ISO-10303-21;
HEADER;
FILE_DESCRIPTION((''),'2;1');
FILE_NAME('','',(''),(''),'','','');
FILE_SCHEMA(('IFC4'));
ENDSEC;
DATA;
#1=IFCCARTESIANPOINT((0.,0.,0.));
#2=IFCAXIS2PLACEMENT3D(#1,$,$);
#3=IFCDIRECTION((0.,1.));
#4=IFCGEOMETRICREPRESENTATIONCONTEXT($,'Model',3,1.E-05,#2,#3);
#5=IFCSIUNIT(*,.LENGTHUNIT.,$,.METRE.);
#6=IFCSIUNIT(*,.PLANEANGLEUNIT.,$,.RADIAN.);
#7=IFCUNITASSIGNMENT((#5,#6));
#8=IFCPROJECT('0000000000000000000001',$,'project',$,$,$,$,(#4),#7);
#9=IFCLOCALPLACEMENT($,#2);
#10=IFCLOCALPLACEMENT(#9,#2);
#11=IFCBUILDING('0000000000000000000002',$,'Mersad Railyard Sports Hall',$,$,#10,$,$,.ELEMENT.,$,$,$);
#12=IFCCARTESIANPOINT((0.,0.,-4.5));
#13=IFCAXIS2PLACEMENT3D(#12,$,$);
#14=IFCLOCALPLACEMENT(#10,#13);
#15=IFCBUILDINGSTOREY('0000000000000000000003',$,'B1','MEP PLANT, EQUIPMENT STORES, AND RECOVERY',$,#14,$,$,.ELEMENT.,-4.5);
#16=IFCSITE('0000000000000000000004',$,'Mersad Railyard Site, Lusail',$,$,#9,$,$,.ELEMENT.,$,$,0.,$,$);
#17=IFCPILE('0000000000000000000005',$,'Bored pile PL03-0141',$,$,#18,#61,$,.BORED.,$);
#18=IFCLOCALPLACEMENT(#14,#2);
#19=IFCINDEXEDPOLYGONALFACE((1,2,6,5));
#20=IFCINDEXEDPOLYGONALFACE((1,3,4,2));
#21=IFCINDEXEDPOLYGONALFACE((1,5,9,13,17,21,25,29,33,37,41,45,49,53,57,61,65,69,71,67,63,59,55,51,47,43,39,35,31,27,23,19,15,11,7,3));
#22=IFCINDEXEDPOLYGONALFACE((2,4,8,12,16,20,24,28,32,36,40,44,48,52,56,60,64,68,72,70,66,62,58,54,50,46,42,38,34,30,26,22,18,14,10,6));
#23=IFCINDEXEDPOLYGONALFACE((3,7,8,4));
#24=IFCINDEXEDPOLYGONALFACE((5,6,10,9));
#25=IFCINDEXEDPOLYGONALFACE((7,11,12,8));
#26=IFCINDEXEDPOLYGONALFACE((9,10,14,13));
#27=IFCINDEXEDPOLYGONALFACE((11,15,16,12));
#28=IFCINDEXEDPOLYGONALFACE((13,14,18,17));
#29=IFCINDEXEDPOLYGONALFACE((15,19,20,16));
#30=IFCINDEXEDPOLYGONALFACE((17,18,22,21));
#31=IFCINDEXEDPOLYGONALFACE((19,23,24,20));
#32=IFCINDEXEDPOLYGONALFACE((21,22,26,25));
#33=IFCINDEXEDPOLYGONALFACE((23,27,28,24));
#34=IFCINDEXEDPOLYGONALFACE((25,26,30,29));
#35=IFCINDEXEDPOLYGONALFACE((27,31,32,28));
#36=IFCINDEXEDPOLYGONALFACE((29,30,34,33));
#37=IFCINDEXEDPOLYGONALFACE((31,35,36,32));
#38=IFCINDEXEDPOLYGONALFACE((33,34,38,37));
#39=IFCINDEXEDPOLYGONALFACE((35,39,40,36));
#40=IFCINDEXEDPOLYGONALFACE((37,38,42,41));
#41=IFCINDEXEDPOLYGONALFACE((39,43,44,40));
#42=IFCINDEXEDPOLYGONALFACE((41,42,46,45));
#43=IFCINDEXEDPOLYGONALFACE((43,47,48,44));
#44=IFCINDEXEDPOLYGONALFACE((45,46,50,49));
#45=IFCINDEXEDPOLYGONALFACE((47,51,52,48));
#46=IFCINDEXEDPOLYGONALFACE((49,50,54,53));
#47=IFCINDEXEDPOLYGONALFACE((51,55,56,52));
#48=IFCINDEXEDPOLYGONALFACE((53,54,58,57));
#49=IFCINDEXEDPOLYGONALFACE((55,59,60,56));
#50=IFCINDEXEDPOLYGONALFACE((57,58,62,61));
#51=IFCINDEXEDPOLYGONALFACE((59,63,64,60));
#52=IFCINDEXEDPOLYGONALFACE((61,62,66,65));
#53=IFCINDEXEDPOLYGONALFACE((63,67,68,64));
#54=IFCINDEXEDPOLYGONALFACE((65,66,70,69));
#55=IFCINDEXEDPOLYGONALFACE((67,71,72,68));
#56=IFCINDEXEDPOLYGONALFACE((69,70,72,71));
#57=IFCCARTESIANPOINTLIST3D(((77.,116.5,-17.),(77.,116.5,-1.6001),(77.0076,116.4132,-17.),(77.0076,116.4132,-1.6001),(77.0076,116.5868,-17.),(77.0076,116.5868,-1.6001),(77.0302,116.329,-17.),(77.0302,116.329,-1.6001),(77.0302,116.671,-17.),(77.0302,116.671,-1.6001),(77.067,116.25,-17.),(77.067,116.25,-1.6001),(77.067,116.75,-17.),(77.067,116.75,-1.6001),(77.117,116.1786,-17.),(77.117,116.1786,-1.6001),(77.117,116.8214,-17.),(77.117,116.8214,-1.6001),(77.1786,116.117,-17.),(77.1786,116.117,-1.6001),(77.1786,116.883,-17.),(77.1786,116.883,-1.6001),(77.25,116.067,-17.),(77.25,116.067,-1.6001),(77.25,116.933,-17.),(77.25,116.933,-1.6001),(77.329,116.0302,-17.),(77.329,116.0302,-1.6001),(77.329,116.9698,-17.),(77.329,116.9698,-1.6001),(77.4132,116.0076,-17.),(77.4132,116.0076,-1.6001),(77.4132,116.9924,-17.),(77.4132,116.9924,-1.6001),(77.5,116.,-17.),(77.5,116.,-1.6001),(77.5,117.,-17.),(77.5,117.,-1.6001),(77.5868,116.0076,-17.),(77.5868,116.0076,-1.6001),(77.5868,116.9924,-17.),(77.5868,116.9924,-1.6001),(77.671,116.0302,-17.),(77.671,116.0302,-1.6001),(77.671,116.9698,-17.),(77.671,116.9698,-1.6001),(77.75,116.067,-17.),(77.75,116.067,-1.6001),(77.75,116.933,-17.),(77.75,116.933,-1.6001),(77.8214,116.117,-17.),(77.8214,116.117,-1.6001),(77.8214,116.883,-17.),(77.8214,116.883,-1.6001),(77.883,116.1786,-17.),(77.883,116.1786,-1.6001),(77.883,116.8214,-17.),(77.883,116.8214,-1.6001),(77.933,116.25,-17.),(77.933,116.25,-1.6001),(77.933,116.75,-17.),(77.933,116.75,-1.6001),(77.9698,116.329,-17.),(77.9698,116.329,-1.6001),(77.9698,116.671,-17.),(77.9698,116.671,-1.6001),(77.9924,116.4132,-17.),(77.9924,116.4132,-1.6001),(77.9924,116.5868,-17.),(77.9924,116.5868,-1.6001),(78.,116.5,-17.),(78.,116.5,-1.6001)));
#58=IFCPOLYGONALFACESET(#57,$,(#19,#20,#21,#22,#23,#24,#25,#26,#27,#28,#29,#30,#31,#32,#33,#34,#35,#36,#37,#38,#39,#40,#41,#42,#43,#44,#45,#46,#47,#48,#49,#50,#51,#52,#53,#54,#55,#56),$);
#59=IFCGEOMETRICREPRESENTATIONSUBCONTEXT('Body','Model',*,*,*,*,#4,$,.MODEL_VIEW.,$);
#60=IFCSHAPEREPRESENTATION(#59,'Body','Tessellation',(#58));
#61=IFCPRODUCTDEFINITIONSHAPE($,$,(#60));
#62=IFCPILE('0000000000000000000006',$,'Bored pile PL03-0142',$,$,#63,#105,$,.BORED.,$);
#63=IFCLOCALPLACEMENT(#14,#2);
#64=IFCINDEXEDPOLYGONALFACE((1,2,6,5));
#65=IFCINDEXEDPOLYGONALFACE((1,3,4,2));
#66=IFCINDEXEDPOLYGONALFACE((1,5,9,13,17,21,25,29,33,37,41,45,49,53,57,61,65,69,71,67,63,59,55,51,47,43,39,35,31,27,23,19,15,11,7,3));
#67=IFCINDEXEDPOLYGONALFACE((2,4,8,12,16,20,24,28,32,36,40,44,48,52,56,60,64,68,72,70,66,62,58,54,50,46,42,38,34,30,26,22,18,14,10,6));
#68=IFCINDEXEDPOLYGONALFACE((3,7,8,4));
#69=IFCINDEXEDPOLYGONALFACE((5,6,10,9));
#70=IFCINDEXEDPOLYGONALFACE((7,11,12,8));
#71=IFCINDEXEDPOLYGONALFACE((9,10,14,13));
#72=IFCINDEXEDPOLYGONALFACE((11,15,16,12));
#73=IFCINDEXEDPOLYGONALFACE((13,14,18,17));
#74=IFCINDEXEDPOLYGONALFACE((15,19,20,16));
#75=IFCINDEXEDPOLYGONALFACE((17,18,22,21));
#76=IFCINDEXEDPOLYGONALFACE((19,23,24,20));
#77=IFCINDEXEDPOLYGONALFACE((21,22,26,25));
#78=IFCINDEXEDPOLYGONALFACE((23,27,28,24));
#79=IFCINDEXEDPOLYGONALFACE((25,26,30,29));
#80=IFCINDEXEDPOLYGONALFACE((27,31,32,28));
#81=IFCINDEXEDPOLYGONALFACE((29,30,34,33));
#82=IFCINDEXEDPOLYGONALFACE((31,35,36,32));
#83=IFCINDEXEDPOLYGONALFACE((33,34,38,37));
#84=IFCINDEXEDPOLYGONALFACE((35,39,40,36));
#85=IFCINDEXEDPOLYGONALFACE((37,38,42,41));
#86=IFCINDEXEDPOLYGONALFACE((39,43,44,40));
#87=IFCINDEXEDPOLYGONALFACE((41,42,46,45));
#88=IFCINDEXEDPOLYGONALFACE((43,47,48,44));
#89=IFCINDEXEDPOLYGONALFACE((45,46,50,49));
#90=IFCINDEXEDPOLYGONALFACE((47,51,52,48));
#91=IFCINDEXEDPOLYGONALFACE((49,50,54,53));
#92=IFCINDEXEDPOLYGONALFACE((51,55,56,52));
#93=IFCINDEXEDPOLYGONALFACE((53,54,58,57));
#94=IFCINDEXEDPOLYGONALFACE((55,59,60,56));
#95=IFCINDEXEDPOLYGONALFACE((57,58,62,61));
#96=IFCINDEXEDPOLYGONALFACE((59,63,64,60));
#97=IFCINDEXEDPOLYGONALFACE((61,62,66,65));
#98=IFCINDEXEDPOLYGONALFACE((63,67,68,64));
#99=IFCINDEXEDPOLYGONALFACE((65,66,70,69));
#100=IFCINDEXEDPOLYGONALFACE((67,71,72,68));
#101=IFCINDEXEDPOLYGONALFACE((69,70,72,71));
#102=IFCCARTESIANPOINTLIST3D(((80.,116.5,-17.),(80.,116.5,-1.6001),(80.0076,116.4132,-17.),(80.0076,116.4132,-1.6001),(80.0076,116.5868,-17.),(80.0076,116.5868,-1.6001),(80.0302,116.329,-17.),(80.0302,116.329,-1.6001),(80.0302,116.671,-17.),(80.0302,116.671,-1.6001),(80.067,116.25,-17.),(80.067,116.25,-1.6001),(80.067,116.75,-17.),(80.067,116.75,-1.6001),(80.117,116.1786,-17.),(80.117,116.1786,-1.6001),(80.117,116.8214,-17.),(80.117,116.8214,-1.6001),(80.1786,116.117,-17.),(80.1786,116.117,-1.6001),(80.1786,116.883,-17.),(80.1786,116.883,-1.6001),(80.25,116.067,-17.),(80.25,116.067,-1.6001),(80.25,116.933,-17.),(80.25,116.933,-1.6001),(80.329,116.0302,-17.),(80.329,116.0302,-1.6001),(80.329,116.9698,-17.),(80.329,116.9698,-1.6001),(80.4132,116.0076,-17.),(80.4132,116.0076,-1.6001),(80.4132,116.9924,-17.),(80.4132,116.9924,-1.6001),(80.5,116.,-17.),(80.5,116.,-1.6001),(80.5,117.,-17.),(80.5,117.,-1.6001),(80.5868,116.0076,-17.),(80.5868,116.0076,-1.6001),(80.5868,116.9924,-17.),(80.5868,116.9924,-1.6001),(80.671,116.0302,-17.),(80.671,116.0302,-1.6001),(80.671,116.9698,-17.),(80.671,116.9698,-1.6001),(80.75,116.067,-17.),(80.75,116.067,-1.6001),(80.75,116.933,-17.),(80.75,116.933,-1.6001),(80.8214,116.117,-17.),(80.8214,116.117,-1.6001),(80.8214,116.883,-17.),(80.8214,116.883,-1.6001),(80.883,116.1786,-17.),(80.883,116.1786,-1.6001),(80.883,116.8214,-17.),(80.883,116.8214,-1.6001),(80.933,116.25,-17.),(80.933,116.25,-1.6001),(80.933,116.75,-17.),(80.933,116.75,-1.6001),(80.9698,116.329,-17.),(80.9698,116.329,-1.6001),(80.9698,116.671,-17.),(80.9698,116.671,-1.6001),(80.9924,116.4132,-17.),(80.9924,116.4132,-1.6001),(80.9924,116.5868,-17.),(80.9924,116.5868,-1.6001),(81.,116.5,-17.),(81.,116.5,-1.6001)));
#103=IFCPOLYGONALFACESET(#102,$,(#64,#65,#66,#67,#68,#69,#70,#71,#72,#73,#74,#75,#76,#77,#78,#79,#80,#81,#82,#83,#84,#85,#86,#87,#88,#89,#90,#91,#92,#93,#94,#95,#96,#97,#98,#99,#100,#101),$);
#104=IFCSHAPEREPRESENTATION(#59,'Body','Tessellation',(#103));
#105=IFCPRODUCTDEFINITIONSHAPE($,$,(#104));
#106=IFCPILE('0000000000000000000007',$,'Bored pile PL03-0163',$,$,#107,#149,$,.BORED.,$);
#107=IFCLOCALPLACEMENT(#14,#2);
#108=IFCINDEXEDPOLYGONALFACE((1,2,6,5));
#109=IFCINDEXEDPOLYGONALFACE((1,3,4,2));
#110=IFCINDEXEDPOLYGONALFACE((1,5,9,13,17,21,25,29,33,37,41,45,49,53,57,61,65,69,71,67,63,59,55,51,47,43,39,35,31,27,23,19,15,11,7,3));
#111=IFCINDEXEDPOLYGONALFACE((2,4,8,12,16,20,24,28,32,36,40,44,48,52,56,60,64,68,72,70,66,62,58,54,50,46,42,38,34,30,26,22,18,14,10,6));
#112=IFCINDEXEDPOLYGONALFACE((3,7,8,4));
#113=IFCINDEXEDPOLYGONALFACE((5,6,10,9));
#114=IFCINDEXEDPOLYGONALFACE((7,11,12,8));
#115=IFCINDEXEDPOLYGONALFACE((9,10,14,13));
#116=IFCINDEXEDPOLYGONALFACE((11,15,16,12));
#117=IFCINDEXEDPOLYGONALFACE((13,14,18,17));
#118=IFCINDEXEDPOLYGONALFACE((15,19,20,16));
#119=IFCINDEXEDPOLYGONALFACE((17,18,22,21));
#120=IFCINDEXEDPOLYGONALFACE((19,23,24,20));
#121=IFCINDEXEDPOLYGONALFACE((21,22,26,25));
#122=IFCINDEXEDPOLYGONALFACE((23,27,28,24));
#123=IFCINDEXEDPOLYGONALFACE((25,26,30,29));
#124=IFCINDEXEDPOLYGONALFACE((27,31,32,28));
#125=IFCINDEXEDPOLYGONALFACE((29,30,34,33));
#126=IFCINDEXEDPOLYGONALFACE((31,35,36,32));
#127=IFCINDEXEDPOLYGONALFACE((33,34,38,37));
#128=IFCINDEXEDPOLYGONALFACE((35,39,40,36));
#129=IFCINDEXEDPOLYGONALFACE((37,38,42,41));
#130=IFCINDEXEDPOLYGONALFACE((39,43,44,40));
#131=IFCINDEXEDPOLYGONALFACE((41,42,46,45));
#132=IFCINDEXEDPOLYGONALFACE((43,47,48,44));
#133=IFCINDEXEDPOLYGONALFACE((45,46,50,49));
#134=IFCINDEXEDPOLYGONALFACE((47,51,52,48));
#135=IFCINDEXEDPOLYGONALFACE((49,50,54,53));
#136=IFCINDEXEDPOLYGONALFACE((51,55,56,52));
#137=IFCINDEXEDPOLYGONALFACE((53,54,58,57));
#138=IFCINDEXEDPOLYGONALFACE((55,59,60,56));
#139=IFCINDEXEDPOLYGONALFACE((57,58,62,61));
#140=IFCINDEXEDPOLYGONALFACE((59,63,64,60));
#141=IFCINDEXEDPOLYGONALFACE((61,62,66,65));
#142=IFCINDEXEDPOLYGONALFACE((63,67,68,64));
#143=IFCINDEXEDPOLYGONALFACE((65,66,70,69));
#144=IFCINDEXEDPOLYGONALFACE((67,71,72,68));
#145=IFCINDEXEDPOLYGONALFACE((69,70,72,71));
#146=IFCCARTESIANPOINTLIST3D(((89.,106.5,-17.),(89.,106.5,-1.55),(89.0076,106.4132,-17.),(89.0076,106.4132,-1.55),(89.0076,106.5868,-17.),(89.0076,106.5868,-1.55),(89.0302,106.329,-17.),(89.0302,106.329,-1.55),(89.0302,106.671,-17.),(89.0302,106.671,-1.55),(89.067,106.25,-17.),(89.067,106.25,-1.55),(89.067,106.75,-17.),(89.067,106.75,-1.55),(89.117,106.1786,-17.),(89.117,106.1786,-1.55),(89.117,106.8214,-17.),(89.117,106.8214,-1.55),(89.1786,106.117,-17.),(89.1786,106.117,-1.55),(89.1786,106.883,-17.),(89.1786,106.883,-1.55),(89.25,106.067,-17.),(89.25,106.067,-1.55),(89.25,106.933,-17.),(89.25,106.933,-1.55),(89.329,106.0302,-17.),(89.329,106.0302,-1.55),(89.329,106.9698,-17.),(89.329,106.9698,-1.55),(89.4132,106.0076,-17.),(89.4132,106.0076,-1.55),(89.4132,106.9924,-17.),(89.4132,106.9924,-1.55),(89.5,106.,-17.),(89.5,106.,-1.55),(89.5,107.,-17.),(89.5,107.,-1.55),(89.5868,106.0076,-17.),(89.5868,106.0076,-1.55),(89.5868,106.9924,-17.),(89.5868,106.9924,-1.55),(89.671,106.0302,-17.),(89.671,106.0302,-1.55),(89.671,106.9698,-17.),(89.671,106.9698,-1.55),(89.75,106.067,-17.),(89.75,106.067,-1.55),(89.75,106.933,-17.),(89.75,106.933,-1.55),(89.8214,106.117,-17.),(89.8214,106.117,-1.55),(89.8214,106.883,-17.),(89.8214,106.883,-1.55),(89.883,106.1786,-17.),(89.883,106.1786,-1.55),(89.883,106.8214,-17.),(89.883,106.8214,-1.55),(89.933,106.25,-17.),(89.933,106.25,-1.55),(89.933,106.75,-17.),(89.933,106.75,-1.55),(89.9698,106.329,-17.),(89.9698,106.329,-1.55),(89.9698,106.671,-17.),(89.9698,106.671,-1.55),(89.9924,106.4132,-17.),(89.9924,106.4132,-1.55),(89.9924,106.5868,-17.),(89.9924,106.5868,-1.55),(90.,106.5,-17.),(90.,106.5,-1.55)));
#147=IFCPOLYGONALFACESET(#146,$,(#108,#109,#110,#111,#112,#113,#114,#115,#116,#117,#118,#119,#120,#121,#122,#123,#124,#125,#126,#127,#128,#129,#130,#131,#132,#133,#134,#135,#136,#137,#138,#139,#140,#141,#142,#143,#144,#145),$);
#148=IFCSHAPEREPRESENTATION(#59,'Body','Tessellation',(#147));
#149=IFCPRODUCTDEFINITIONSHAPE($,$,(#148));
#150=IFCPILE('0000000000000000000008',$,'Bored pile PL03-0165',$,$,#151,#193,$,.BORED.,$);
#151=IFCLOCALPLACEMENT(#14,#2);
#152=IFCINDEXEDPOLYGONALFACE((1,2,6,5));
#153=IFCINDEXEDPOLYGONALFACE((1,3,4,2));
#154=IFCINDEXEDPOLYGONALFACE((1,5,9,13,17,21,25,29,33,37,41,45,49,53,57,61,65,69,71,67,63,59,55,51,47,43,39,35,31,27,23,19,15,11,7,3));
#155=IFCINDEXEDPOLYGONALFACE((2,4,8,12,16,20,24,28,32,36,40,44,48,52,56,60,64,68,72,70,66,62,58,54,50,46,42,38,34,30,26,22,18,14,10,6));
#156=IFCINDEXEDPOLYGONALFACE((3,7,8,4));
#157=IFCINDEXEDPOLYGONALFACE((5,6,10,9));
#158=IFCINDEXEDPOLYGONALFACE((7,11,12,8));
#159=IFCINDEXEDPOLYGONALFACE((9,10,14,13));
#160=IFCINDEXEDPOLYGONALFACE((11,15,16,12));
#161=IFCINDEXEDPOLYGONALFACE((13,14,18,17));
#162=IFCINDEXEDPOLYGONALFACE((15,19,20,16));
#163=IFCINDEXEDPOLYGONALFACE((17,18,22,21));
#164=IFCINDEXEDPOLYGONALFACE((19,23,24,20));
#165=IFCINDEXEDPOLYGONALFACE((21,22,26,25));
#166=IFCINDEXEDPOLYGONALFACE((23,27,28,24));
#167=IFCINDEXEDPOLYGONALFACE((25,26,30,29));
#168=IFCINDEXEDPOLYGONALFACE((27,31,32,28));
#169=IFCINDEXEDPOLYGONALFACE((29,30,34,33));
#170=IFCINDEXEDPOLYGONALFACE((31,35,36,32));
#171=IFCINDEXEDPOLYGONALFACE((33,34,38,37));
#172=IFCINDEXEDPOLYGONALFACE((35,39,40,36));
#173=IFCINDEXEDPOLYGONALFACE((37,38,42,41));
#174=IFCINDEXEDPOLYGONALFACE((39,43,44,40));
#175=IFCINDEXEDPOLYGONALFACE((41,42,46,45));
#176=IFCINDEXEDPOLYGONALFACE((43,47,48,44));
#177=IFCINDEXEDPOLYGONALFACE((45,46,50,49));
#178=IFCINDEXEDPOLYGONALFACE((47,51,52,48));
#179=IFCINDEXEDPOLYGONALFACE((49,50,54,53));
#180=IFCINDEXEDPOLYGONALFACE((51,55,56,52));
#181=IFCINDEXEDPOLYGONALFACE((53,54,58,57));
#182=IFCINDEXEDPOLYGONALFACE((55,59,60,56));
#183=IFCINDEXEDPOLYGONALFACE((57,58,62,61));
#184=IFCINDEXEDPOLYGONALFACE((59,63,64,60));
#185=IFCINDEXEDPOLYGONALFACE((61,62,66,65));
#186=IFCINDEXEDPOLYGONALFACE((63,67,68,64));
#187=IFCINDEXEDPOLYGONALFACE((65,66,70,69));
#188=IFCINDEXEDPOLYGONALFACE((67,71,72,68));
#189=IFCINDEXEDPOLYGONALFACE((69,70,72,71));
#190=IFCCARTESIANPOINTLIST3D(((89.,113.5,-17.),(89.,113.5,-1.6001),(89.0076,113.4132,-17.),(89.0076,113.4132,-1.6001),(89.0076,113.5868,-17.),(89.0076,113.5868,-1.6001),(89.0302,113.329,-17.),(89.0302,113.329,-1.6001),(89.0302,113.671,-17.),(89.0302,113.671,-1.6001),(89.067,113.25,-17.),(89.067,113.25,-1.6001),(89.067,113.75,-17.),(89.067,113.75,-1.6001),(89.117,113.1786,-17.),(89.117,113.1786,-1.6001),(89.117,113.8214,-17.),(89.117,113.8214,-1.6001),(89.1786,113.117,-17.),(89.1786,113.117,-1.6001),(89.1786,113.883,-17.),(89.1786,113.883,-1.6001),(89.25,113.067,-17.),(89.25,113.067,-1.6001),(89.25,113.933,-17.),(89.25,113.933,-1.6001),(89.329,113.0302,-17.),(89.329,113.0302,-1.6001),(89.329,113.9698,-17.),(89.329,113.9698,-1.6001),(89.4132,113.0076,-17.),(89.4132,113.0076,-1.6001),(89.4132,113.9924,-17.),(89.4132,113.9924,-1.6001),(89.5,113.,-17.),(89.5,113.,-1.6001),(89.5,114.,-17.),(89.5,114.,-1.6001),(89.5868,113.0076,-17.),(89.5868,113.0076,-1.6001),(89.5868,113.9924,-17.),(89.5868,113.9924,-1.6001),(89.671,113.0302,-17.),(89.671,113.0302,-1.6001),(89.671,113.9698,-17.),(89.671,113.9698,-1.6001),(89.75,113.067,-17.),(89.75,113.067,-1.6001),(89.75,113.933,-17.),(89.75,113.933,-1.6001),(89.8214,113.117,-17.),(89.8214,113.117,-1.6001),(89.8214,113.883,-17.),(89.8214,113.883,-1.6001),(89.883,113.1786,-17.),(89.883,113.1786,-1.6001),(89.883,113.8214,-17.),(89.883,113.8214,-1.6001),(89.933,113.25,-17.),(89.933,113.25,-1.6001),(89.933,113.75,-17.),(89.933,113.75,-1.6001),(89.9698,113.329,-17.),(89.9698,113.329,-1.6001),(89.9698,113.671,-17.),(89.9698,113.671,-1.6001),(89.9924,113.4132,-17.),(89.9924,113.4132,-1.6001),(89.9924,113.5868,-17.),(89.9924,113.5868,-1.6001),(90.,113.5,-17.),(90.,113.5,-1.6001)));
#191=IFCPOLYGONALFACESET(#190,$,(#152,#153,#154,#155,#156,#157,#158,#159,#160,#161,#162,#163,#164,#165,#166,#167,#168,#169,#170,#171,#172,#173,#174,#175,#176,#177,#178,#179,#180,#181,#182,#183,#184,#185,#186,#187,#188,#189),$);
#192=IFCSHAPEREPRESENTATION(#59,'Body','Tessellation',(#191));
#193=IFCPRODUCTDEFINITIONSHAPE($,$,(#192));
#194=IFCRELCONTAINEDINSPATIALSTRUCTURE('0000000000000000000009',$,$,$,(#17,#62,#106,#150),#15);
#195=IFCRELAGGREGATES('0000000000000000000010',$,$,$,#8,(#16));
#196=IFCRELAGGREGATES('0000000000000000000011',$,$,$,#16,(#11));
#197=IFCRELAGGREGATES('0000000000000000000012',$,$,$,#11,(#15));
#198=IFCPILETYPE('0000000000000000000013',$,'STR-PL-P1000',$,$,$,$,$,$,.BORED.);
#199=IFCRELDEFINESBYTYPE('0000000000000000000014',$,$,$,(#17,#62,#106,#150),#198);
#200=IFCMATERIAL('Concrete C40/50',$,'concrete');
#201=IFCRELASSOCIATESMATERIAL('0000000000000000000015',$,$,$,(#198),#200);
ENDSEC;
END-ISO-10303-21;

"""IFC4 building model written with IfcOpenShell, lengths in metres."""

from ifc_helpers import new_model, si_unit, direction, frame, origin, origin_2d, place, context, subcontext, project, spatial, circle, extrude, material, material_profile, profile_set, type_object, element, save


model = new_model("IFC4")

# Units and contexts
model_context = context("Model", 3, precision=1e-05, world=origin(), true_north=direction((0.0, 1.0)))
body_context = subcontext(model_context, "Body", "Model", "MODEL_VIEW")
ifc_project = project(units=[si_unit("LENGTHUNIT", "METRE"), si_unit("PLANEANGLEUNIT", "RADIAN")], contexts=[model_context])

# Site, building, storey
site_placement = place(None, origin())
site = spatial("IfcSite", under=ifc_project, at=site_placement, Name="Mersad Railyard Site, Lusail", CompositionType="ELEMENT", RefElevation=0.0)
building_placement = place(site_placement, origin())
building = spatial("IfcBuilding", under=site, at=building_placement, Name="Mersad Railyard Sports Hall", CompositionType="ELEMENT")
storey_placement = place(building_placement, frame((0.0, 0.0, -4.5)))
storey = spatial("IfcBuildingStorey", under=building, at=storey_placement, Name="B1", Description="MEP PLANT, EQUIPMENT STORES, AND RECOVERY", CompositionType="ELEMENT", Elevation=-4.5)

# Shared definitions
ifc_material_1 = material(Name="Concrete C40/50", Category="concrete")

# Piles
ifc_material_profile_1 = material_profile(ifc_material_1, circle(Radius=0.5, at=origin_2d()), Name="BORED PILE D1000")
ifc_profile_set_1 = profile_set([ifc_material_profile_1], Name="Concrete C40/50")
pile_type = type_object("IfcPileType", Name="STR-PL-P1000", PredefinedType="BORED", material=ifc_profile_set_1)
for number, where, z_axis, x_axis, name in (
    (1, (77.5, 116.5, -1.6001), (0.0, 0.0, -1.0), (1.0, 0.0, 0.0), "Bored pile PL03-0141"),
    (2, (80.5, 116.5, -1.6001), (0.0, 0.0, -1.0), (1.0, 0.0, 0.0), "Bored pile PL03-0142"),
):
    element("IfcPile", number, at=place(storey_placement, frame(where, z_axis=z_axis, x_axis=x_axis)), inside=storey, type_object=pile_type, Name=name, PredefinedType="BORED", context=body_context, shape_type="SweptSolid", body=[
        extrude(circle(Radius=0.5, at=origin_2d()), origin(), (0.0, 0.0, 1.0), 15.3999),
    ])
pile_1_placement = place(storey_placement, frame((89.5, 106.5, -1.55), z_axis=(0.0, 0.0, -1.0), x_axis=(1.0, 0.0, 0.0)))
element("IfcPile", 3, at=pile_1_placement, inside=storey, type_object=pile_type, Name="Bored pile PL03-0163", PredefinedType="BORED", context=body_context, shape_type="SweptSolid", body=[
    extrude(circle(Radius=0.5, at=origin_2d()), origin(), (0.0, 0.0, 1.0), 15.45),
])
for number, where, z_axis, x_axis, name in (
    (4, (89.5, 113.5, -1.6001), (0.0, 0.0, -1.0), (1.0, 0.0, 0.0), "Bored pile PL03-0165"),
):
    element("IfcPile", number, at=place(storey_placement, frame(where, z_axis=z_axis, x_axis=x_axis)), inside=storey, type_object=pile_type, Name=name, PredefinedType="BORED", context=body_context, shape_type="SweptSolid", body=[
        extrude(circle(Radius=0.5, at=origin_2d()), origin(), (0.0, 0.0, 1.0), 15.3999),
    ])

save(model, "model.ifc")
